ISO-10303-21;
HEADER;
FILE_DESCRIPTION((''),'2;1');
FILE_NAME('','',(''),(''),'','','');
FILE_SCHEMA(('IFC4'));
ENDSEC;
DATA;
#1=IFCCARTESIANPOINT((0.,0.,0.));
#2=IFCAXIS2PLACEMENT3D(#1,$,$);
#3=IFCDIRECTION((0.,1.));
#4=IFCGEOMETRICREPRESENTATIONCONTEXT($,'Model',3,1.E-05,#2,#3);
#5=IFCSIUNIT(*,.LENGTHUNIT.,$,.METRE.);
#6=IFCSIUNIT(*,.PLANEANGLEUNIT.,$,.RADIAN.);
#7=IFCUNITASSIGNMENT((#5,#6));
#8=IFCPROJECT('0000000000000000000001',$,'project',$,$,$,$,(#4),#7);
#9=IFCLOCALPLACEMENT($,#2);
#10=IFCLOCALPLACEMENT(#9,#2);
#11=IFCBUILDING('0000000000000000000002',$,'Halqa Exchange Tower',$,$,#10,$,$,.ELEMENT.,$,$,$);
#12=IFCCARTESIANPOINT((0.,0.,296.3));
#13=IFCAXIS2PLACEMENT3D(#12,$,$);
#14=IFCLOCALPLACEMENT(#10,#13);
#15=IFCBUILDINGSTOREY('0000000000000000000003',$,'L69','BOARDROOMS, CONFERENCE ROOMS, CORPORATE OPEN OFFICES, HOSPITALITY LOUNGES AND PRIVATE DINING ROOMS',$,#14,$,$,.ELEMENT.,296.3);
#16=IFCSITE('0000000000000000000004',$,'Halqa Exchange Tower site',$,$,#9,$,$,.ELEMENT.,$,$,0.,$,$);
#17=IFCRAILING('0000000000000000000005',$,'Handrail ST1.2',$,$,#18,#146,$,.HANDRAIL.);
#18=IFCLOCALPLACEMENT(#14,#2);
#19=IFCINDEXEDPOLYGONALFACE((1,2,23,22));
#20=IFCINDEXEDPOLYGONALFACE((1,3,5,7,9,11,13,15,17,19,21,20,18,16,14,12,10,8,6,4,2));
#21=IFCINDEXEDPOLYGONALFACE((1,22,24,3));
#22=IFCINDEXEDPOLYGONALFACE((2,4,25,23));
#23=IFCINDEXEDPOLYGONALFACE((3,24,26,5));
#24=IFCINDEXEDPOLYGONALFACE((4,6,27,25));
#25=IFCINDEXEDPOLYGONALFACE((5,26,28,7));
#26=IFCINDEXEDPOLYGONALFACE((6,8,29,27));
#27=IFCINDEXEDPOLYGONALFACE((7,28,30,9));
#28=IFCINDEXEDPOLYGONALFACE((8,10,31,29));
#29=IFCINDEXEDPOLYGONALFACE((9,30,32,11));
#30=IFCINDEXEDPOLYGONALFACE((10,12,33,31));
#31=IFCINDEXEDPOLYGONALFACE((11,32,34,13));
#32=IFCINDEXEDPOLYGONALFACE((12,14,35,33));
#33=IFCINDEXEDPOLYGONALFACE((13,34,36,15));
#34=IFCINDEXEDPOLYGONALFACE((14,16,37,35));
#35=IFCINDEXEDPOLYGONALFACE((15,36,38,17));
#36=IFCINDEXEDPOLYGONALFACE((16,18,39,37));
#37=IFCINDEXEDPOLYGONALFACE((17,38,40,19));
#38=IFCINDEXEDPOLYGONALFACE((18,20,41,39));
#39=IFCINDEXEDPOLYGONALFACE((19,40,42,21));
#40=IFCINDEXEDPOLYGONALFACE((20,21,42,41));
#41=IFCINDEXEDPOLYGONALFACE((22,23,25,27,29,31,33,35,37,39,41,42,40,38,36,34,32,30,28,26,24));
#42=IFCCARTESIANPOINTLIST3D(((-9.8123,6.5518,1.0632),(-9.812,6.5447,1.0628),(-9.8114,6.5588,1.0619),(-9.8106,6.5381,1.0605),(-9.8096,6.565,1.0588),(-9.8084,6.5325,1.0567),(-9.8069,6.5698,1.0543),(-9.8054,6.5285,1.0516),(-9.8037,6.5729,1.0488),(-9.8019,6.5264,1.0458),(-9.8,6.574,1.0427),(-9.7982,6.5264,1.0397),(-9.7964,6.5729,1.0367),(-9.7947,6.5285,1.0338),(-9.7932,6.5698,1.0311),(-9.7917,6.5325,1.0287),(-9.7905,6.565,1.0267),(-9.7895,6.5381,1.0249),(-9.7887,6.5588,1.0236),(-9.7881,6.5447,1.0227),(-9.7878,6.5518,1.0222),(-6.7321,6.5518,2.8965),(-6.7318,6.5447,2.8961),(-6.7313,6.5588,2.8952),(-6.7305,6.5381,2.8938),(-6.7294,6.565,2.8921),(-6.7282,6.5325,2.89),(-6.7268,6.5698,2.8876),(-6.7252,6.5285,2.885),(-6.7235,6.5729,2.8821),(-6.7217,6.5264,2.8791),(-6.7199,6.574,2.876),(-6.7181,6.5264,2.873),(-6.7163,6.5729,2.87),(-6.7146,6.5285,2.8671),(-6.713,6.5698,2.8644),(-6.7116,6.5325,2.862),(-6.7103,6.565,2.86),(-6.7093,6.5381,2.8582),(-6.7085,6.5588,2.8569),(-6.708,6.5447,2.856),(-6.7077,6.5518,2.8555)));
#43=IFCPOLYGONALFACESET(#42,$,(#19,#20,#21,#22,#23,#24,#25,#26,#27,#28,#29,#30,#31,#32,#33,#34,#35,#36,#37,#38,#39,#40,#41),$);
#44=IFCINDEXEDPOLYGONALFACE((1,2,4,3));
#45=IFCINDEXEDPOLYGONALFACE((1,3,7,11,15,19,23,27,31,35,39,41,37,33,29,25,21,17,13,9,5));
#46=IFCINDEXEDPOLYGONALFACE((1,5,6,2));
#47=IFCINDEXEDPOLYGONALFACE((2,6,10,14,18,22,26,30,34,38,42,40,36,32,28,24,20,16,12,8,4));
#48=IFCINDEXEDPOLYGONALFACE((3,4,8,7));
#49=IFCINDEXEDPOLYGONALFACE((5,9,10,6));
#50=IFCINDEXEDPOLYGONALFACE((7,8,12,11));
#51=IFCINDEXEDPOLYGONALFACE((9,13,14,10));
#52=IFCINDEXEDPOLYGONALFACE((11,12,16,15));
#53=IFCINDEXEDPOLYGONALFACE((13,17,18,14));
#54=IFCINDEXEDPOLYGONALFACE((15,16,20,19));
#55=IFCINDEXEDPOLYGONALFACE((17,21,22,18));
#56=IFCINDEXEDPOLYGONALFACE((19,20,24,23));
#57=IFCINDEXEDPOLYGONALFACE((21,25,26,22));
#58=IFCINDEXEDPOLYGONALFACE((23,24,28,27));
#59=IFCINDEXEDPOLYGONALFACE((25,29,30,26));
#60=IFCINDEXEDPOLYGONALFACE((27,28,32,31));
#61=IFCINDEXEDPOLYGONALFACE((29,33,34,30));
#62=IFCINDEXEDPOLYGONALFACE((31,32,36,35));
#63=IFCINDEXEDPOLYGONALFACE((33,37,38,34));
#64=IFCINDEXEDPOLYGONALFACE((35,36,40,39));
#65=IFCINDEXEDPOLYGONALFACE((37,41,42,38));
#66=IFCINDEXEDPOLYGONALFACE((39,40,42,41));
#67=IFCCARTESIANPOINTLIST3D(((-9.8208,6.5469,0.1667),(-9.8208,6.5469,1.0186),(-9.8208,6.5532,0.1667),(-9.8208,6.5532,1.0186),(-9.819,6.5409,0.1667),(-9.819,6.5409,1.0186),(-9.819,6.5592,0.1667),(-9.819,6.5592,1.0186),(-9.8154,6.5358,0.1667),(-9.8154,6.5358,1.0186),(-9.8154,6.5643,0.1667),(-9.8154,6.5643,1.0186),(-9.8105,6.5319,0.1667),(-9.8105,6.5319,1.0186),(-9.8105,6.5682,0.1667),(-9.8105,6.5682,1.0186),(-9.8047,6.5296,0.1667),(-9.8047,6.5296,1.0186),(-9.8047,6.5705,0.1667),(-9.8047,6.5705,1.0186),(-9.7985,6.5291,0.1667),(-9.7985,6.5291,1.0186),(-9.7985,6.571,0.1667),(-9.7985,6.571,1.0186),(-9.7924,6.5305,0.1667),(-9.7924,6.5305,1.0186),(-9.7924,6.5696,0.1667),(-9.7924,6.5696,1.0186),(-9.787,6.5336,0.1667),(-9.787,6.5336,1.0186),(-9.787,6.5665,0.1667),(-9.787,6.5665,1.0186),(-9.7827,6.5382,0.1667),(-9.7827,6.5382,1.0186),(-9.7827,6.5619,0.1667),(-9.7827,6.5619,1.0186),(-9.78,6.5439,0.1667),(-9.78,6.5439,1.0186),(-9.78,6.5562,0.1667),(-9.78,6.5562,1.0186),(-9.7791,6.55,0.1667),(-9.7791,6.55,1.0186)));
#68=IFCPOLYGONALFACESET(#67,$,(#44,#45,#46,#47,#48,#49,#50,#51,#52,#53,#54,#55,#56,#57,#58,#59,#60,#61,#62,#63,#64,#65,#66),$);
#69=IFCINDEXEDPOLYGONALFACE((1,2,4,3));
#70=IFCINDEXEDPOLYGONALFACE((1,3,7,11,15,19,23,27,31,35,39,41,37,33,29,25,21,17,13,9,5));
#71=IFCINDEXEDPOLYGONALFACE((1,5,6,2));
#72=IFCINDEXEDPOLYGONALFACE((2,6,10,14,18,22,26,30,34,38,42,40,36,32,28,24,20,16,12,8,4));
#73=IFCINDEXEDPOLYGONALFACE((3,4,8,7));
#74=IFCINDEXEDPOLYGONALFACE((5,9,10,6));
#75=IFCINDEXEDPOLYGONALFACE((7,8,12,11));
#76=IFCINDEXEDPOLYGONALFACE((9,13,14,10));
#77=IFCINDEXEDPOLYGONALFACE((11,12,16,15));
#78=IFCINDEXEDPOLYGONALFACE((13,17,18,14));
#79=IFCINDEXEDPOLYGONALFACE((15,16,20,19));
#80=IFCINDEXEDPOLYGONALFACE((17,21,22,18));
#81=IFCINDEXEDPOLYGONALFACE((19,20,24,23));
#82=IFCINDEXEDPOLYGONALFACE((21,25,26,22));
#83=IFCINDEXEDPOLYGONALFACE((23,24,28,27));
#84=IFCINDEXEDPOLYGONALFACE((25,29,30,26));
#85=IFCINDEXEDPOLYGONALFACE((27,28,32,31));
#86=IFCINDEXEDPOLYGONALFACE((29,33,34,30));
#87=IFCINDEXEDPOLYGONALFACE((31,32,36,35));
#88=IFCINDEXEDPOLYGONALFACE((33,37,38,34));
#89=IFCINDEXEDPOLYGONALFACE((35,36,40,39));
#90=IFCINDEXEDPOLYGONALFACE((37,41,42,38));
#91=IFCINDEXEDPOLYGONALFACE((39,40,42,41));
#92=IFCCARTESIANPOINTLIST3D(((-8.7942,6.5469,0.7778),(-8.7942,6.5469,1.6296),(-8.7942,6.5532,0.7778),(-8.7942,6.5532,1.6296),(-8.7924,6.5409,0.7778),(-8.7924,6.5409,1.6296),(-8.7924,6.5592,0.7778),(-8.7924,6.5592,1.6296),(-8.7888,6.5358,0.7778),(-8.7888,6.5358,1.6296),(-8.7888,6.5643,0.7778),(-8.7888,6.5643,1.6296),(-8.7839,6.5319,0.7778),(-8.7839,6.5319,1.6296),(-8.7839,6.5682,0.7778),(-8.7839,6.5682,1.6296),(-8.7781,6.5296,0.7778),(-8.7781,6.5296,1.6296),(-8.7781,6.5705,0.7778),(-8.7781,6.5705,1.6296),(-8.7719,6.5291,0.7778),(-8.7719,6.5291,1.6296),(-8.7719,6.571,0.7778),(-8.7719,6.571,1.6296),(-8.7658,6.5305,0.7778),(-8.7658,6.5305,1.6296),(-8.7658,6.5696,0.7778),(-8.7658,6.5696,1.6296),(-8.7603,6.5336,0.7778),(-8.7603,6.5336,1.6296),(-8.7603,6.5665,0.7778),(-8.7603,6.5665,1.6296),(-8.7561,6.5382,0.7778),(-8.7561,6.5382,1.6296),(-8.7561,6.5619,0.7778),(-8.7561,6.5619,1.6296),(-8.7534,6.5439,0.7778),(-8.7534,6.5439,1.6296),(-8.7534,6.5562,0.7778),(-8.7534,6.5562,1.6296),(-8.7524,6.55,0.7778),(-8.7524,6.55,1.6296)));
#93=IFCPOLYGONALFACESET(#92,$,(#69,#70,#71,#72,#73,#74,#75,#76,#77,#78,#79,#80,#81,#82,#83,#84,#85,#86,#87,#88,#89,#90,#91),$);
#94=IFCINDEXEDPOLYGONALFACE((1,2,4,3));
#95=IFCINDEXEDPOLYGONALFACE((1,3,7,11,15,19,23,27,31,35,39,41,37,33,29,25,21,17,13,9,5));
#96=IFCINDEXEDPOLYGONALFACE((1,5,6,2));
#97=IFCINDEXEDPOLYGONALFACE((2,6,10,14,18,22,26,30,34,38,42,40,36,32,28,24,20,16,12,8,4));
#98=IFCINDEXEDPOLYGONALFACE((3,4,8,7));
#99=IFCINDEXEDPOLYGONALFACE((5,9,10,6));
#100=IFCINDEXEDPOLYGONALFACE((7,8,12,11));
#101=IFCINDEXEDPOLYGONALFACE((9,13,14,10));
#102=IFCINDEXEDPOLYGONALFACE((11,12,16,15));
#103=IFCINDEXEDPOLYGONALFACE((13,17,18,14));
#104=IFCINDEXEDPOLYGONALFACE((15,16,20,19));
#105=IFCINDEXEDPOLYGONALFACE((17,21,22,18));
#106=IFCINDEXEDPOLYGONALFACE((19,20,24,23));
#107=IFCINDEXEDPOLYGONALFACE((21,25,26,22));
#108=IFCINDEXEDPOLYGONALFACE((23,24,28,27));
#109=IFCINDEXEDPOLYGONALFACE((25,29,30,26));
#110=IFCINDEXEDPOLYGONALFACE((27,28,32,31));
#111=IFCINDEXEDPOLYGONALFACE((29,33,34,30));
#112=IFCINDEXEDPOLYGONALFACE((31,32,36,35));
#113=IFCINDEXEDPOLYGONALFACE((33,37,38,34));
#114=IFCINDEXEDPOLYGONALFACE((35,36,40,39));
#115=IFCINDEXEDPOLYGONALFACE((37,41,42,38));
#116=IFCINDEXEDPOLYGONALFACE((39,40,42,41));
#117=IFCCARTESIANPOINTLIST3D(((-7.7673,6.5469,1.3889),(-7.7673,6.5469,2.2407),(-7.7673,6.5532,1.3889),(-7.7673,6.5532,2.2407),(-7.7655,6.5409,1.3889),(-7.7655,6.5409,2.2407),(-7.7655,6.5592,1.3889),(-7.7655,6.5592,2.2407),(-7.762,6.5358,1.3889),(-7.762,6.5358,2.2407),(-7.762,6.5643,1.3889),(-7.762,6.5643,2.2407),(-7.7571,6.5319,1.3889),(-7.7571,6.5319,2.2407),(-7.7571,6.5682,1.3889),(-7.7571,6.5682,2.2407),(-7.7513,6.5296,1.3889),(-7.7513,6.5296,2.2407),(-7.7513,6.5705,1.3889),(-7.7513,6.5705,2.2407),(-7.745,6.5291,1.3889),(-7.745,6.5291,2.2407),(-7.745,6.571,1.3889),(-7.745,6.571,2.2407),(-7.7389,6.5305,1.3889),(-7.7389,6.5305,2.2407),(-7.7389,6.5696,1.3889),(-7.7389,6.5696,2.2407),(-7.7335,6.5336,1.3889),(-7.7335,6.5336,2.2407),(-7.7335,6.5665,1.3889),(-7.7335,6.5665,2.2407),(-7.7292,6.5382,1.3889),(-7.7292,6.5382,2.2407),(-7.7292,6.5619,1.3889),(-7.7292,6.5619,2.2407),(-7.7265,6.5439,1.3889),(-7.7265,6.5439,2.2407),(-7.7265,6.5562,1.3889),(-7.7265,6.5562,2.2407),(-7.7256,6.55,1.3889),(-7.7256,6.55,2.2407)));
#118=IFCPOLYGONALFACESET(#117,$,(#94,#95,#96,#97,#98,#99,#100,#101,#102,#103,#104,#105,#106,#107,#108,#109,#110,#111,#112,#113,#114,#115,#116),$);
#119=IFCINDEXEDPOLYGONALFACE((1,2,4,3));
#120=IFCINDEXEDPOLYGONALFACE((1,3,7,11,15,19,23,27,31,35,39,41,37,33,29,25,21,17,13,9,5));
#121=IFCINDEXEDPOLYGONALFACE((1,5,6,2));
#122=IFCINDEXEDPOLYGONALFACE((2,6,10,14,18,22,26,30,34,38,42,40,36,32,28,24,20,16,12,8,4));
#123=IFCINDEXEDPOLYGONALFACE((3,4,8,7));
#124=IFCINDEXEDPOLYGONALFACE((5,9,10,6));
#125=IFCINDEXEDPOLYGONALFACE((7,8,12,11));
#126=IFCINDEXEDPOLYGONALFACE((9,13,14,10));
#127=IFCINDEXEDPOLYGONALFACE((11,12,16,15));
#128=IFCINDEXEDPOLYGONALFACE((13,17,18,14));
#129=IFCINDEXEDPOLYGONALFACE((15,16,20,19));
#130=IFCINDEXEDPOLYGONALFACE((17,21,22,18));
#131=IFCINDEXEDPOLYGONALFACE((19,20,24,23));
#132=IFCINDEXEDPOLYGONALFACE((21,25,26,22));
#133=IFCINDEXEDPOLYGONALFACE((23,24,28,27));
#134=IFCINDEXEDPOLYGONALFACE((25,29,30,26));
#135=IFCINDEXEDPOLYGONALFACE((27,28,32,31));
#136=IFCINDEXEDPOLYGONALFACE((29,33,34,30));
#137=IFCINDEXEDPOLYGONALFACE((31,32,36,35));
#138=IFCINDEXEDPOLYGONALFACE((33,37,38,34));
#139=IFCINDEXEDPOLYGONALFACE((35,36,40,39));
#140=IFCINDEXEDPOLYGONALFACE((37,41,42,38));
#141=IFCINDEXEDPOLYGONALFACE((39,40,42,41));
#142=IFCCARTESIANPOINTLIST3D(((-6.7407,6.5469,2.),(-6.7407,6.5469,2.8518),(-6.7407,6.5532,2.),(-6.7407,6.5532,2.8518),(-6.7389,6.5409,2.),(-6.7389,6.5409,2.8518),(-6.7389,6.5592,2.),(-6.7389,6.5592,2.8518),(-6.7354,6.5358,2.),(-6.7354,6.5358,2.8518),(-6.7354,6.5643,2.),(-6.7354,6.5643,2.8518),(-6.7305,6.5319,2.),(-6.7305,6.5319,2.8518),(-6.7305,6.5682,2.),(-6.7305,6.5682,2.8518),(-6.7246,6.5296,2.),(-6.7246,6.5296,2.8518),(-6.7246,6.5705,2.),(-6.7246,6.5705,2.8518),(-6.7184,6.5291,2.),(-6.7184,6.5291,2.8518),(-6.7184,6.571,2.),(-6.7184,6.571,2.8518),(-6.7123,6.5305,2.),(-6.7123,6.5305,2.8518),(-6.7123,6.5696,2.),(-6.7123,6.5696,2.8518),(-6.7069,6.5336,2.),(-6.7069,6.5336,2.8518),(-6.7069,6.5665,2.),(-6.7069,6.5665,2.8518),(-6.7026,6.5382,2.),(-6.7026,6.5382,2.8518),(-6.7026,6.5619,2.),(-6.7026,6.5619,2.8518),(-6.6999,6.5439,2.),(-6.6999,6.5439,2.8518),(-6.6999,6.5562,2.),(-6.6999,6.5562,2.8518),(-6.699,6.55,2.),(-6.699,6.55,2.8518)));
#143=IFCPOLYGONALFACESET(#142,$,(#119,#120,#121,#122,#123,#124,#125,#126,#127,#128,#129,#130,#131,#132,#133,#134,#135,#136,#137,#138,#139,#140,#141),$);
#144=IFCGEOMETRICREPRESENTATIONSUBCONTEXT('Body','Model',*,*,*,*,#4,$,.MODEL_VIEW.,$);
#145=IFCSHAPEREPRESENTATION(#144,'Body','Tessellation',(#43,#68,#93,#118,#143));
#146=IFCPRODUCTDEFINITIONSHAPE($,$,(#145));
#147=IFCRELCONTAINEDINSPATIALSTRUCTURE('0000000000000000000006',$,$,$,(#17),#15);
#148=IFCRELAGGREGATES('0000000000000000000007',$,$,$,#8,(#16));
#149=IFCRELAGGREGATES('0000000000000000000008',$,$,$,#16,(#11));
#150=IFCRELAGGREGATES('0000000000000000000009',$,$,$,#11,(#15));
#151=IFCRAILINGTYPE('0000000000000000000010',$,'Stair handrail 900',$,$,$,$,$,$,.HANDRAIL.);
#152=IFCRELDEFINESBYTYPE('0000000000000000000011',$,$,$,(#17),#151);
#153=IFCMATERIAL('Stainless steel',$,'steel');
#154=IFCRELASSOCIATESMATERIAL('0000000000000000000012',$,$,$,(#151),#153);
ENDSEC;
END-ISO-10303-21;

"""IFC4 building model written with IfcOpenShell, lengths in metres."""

from ifc_helpers import new_model, si_unit, direction, frame, origin, origin_2d, place, context, subcontext, project, spatial, circle, extrude, material, type_object, element, save


model = new_model("IFC4")

# Units and contexts
model_context = context("Model", 3, precision=1e-05, world=origin(), true_north=direction((0.0, 1.0)))
body_context = subcontext(model_context, "Body", "Model", "MODEL_VIEW")
ifc_project = project(units=[si_unit("LENGTHUNIT", "METRE"), si_unit("PLANEANGLEUNIT", "RADIAN")], contexts=[model_context])

# Site, building, storey
site_placement = place(None, origin())
site = spatial("IfcSite", under=ifc_project, at=site_placement, Name="Halqa Exchange Tower site", CompositionType="ELEMENT", RefElevation=0.0)
building_placement = place(site_placement, origin())
building = spatial("IfcBuilding", under=site, at=building_placement, Name="Halqa Exchange Tower", CompositionType="ELEMENT")
storey_placement = place(building_placement, frame((0.0, 0.0, 296.3)))
storey = spatial("IfcBuildingStorey", under=building, at=storey_placement, Name="L69", Description="BOARDROOMS, CONFERENCE ROOMS, CORPORATE OPEN OFFICES, HOSPITALITY LOUNGES AND PRIVATE DINING ROOMS", CompositionType="ELEMENT", Elevation=296.3)

# Shared definitions
ifc_material_1 = material(Name="Stainless steel", Category="steel")

# Railing
railing_type_1 = type_object("IfcRailingType", Name="Stair handrail 900", PredefinedType="HANDRAIL", material=ifc_material_1)
railing_1_placement = place(storey_placement, frame((-9.8, 6.55, 0.1667)))
element("IfcRailing", 1, at=railing_1_placement, inside=storey, type_object=railing_type_1, Name="Handrail ST1.2", PredefinedType="HANDRAIL", context=body_context, shape_type="SweptSolid", body=[
    extrude(circle(Radius=0.0239, at=origin_2d()), frame((0.0, 0.0, 0.876), z_axis=(0.859309, 0.0, 0.511458), x_axis=(0.0, 1.0, 0.0)), (0.0, 0.0, 1.0), 3.5845),
    extrude(circle(Radius=0.021, at=origin_2d()), origin(), (0.0, 0.0, 1.0), 0.8518),
    extrude(circle(Radius=0.021, at=origin_2d()), frame((1.0266, 0.0, 0.6111)), (0.0, 0.0, 1.0), 0.8518),
    extrude(circle(Radius=0.021, at=origin_2d()), frame((2.0535, 0.0, 1.2222)), (0.0, 0.0, 1.0), 0.8518),
    extrude(circle(Radius=0.021, at=origin_2d()), frame((3.0801, 0.0, 1.8333)), (0.0, 0.0, 1.0), 0.8518),
])

save(model, "model.ifc")
